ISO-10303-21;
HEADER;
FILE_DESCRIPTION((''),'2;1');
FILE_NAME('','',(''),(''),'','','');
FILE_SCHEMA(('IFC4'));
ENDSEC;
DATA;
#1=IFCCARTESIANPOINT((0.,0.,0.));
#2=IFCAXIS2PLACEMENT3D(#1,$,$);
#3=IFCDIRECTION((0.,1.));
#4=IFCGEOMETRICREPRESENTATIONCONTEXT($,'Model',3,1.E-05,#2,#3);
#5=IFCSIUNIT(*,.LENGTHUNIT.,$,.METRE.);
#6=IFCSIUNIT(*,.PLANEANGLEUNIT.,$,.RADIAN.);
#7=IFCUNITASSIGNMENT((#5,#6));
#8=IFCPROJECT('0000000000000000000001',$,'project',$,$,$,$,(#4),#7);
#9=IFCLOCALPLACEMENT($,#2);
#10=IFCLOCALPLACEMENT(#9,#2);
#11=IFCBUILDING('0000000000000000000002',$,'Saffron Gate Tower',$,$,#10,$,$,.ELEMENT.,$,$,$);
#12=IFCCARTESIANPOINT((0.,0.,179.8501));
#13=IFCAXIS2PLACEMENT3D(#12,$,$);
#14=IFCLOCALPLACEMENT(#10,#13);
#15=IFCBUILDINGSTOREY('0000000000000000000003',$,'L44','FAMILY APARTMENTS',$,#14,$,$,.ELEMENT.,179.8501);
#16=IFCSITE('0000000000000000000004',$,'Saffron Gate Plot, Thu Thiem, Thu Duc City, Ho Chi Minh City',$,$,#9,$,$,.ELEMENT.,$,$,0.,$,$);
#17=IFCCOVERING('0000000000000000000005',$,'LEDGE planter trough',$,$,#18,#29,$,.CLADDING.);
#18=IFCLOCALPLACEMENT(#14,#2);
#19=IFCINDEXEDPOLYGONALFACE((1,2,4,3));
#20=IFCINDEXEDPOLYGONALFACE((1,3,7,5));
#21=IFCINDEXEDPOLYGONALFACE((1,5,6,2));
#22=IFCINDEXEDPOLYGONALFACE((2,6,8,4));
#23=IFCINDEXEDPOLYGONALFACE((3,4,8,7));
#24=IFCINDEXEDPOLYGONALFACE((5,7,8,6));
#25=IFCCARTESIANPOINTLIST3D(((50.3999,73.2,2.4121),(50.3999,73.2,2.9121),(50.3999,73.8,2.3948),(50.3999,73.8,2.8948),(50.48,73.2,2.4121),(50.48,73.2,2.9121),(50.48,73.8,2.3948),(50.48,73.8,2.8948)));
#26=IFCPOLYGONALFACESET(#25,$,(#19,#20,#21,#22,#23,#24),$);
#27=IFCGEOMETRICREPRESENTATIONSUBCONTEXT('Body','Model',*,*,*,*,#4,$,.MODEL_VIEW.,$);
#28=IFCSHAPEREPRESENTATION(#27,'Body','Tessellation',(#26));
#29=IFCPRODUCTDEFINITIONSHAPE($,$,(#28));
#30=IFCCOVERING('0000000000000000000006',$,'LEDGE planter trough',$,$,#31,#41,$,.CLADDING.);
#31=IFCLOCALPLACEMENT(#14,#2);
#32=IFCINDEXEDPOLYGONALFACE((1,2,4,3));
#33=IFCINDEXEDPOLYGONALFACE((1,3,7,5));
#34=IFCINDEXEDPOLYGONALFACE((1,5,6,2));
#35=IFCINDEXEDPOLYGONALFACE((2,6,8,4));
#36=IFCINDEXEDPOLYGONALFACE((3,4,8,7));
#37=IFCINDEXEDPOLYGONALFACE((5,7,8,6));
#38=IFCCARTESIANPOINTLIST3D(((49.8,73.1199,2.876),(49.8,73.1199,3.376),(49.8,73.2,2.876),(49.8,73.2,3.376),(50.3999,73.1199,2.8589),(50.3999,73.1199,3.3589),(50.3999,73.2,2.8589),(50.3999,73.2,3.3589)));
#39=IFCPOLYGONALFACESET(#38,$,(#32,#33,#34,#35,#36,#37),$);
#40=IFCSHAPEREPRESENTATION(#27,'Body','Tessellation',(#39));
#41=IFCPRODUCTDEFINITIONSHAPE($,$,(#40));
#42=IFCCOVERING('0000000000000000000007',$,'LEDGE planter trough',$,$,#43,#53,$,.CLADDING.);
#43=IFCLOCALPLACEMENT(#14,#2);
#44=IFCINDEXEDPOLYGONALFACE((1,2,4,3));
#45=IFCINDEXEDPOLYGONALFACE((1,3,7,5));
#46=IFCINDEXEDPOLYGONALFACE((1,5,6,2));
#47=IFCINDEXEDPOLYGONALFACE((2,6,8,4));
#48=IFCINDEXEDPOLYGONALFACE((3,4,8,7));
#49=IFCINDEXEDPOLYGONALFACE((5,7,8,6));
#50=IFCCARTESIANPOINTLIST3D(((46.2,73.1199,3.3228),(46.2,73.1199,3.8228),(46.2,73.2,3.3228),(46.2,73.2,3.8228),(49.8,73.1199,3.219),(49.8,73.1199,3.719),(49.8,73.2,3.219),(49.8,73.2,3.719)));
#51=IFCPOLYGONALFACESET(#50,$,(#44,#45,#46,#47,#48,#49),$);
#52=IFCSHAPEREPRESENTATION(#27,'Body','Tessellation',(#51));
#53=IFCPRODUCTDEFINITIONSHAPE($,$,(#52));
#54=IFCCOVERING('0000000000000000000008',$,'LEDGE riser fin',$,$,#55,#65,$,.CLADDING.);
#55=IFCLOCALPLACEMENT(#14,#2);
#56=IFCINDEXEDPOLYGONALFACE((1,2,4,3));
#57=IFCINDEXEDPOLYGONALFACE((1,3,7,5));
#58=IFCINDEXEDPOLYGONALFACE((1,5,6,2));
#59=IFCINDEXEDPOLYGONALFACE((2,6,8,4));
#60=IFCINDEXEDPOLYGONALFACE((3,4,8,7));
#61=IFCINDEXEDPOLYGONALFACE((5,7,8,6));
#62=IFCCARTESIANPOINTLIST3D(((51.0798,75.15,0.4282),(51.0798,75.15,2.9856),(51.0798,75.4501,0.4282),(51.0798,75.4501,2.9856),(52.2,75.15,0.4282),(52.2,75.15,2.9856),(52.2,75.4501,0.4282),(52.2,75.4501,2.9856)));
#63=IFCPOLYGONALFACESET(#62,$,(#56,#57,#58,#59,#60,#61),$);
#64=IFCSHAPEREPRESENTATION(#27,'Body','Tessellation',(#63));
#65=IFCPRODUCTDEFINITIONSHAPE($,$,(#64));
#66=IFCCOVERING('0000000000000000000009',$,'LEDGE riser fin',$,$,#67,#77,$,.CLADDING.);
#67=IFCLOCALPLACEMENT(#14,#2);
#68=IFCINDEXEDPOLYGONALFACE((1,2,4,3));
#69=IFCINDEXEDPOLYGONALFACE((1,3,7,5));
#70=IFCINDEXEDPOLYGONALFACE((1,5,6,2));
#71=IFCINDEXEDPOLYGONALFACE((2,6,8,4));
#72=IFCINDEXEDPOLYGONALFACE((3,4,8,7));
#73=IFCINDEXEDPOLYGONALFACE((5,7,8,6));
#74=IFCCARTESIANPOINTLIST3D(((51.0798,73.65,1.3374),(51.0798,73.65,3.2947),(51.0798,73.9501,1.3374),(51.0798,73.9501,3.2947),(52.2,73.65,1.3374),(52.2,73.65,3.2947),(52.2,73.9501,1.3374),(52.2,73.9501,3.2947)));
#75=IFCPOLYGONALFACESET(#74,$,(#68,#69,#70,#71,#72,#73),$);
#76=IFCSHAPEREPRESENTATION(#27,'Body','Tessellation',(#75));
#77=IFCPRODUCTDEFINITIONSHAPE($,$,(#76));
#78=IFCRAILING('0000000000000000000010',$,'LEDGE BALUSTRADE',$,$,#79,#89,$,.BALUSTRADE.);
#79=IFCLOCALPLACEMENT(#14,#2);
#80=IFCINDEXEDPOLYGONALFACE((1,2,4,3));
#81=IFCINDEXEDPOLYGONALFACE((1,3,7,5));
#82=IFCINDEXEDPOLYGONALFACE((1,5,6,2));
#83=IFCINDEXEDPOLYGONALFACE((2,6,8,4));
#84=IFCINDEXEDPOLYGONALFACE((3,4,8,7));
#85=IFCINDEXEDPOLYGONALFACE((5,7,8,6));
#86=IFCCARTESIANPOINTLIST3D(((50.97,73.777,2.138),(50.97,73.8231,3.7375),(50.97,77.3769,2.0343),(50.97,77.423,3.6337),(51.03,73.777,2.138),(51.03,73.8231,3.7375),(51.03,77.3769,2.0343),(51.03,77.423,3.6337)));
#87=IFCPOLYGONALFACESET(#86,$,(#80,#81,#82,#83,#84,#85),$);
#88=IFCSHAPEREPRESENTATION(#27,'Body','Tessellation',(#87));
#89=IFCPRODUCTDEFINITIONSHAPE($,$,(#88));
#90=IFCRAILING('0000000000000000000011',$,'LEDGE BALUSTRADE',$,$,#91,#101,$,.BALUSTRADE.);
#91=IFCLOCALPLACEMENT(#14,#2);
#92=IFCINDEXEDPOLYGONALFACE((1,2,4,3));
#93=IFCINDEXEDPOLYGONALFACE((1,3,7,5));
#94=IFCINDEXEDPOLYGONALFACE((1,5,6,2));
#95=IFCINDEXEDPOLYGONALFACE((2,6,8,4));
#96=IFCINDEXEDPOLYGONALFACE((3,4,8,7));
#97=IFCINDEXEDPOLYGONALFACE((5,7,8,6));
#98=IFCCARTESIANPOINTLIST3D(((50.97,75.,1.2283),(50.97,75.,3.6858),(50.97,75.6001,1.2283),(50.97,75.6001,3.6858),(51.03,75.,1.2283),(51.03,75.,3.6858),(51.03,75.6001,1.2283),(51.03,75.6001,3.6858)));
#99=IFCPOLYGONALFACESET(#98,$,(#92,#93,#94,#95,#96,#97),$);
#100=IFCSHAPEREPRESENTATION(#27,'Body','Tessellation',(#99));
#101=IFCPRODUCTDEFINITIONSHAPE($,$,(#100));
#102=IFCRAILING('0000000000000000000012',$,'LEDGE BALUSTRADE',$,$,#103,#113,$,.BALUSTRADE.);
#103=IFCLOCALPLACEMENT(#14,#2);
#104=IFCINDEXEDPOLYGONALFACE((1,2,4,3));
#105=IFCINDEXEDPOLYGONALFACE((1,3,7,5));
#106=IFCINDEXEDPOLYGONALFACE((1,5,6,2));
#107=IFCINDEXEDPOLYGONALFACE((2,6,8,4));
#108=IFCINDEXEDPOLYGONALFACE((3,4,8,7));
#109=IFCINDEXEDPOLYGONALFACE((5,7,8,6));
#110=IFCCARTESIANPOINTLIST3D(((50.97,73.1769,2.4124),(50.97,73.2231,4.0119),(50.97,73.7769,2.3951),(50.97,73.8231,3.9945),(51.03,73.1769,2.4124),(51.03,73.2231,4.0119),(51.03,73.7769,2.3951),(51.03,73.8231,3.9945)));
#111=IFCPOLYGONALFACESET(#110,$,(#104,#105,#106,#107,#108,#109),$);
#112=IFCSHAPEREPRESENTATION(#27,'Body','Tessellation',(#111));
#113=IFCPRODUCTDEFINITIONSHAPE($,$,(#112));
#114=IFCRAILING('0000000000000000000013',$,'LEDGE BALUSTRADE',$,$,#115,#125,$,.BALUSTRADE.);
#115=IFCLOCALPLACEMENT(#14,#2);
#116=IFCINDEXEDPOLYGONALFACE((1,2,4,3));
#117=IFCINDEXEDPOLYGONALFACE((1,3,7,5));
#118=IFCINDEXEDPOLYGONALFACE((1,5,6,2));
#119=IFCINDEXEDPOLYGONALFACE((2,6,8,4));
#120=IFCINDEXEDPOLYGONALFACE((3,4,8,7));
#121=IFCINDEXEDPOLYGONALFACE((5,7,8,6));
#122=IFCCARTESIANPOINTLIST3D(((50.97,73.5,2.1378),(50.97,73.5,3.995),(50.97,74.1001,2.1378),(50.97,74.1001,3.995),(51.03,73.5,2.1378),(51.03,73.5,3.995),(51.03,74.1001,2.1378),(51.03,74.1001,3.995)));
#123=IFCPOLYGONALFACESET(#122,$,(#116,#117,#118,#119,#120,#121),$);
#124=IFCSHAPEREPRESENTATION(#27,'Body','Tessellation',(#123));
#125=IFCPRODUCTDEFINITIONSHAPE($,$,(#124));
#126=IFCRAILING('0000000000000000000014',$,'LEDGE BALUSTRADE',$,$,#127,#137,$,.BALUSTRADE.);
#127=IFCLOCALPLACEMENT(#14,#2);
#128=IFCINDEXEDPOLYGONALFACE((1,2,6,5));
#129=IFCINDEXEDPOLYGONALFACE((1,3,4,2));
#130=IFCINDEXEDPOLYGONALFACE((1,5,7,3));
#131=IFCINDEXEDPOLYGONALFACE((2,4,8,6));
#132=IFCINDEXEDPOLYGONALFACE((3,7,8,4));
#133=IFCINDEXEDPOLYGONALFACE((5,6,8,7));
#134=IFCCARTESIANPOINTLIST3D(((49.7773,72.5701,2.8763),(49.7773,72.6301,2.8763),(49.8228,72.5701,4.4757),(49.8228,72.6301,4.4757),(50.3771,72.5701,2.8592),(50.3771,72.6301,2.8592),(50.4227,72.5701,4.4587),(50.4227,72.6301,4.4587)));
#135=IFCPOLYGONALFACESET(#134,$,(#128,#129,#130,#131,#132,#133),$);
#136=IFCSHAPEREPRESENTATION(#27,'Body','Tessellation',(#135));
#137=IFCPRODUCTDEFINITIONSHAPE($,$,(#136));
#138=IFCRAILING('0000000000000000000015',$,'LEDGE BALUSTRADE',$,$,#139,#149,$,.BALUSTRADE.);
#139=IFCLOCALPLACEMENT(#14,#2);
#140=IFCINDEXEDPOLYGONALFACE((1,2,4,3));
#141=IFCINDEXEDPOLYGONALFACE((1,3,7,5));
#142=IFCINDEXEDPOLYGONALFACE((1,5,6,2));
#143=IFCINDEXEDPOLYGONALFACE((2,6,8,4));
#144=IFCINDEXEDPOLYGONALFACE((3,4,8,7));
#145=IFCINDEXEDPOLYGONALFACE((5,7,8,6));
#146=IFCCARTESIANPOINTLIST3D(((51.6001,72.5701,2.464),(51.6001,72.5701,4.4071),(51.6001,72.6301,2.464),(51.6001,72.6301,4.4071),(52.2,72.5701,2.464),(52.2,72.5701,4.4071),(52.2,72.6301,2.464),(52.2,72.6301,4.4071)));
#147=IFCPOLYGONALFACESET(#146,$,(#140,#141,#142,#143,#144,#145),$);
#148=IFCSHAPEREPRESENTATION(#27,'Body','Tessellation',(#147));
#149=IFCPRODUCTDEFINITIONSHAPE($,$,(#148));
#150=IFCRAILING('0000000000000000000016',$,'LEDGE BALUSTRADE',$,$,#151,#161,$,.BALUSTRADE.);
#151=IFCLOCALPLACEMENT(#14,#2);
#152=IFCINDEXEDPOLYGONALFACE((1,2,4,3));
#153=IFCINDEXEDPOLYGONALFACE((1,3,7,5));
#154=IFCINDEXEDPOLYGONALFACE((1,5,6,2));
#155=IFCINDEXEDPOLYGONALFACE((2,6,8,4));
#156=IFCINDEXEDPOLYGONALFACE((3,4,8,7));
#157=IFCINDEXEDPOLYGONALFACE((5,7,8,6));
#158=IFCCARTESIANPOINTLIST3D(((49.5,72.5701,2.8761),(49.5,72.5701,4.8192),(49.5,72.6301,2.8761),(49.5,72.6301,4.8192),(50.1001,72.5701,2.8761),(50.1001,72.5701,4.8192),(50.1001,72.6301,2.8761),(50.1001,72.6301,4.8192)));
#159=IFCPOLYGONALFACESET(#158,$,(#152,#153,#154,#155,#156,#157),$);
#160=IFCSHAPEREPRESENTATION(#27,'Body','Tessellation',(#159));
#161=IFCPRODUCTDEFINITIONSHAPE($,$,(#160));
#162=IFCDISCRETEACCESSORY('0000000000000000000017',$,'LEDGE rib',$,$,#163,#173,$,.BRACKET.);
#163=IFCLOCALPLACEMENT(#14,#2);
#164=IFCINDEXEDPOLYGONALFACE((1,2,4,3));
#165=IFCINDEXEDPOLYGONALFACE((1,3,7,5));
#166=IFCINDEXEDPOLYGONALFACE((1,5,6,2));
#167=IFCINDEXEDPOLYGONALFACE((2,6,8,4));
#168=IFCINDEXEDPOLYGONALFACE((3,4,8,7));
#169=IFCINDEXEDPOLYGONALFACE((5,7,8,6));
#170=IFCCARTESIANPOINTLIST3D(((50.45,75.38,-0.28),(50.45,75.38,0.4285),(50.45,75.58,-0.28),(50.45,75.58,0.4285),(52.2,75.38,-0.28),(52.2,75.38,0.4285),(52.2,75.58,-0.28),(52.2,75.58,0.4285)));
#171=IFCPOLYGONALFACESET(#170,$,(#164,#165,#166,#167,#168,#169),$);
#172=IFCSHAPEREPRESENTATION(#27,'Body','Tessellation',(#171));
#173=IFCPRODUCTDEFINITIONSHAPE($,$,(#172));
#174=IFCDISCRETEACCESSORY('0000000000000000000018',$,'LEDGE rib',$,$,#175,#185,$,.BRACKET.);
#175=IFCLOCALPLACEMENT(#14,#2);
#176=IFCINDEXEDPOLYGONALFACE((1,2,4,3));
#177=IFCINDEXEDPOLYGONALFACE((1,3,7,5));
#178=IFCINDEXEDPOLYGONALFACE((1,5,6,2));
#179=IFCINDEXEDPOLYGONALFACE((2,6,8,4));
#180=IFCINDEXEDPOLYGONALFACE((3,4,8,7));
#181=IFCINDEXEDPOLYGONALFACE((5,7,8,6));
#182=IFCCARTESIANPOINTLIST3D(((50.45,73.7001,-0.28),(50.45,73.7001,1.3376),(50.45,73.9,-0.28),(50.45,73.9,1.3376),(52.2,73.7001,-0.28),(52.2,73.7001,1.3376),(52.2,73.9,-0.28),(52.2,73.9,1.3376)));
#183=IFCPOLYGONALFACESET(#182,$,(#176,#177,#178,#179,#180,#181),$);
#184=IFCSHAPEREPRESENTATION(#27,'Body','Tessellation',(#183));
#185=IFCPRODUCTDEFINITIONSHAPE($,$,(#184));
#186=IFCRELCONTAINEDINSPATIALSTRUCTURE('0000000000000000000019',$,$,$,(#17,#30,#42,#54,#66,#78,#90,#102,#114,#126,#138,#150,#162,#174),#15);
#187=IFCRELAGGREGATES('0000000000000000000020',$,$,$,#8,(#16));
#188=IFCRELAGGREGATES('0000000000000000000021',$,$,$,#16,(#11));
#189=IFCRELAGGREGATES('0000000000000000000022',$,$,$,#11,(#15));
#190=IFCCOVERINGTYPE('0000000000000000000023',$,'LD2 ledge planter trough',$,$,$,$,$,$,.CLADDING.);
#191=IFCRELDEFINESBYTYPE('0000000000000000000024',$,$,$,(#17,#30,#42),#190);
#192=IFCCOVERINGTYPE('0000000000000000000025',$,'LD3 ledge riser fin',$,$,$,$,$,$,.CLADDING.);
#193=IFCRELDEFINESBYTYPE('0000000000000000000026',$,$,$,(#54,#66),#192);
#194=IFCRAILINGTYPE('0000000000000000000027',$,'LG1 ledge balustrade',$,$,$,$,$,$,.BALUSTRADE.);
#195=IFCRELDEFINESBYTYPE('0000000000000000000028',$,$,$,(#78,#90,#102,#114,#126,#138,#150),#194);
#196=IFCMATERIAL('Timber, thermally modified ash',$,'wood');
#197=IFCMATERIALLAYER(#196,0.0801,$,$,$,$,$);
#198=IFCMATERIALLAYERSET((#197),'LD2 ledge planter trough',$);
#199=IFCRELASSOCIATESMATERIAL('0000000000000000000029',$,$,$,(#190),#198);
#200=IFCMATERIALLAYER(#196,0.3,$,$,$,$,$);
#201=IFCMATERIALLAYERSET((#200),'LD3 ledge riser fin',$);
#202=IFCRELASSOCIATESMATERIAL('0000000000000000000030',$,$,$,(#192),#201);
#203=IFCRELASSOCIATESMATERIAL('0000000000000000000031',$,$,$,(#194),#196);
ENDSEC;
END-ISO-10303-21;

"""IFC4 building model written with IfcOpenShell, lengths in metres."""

from ifc_helpers import new_model, si_unit, direction, frame, origin, origin_2d, place, context, subcontext, project, spatial, polyline, rectangle, outline, extrude, material, layer, layer_set, type_object, element, save


model = new_model("IFC4")

# Units and contexts
model_context = context("Model", 3, precision=1e-05, world=origin(), true_north=direction((0.0, 1.0)))
body_context = subcontext(model_context, "Body", "Model", "MODEL_VIEW")
ifc_project = project(units=[si_unit("LENGTHUNIT", "METRE"), si_unit("PLANEANGLEUNIT", "RADIAN")], contexts=[model_context])

# Site, building, storey
site_placement = place(None, origin())
site = spatial("IfcSite", under=ifc_project, at=site_placement, Name="Saffron Gate Plot, Thu Thiem, Thu Duc City, Ho Chi Minh City", CompositionType="ELEMENT", RefElevation=0.0)
building_placement = place(site_placement, origin())
building = spatial("IfcBuilding", under=site, at=building_placement, Name="Saffron Gate Tower", CompositionType="ELEMENT")
storey_placement = place(building_placement, frame((0.0, 0.0, 179.8501)))
storey = spatial("IfcBuildingStorey", under=building, at=storey_placement, Name="L44", Description="FAMILY APARTMENTS", CompositionType="ELEMENT", Elevation=179.8501)

# Coverings
ifc_material_1 = material(Name="Timber, thermally modified ash", Category="wood")
ifc_layer_1 = layer(ifc_material_1, 0.0801)
ifc_layer_set_1 = layer_set([ifc_layer_1], Name="LD2 ledge planter trough")
covering_type_1 = type_object("IfcCoveringType", Name="LD2 ledge planter trough", PredefinedType="CLADDING", material=ifc_layer_set_1)
covering_1_placement = place(storey_placement, frame((50.3999, 73.8, 2.3948), z_axis=(-1.0, 0.0, 0.0), x_axis=(0.0, -0.999583, 0.028873)))
element("IfcCovering", 1, at=covering_1_placement, inside=storey, type_object=covering_type_1, Name="LEDGE planter trough", PredefinedType="CLADDING", context=body_context, shape_type="SweptSolid", body=[
    extrude(outline(polyline([(0.0, 0.0), (0.6003, 0.0), (0.6148, 0.4998), (0.0144, 0.4998), (0.0, 0.0)])), origin(), (0.0, 0.0, -1.0), 0.0801),
])
covering_2_placement = place(storey_placement, frame((50.3999, 73.2, 2.8589), z_axis=(0.0, 1.0, 0.0), x_axis=(-0.999594, 0.0, 0.028478)))
element("IfcCovering", 2, at=covering_2_placement, inside=storey, type_object=covering_type_1, Name="LEDGE planter trough", PredefinedType="CLADDING", context=body_context, shape_type="SweptSolid", body=[
    extrude(outline(polyline([(0.0, 0.0), (0.6001, 0.0), (0.6143, 0.4998), (0.0142, 0.4998), (0.0, 0.0)])), origin(), (0.0, 0.0, -1.0), 0.0801),
])
covering_3_placement = place(storey_placement, frame((49.8, 73.2, 3.219), z_axis=(0.0, 1.0, 0.0), x_axis=(-0.999585, 0.0, 0.028809)))
element("IfcCovering", 3, at=covering_3_placement, inside=storey, type_object=covering_type_1, Name="LEDGE planter trough", PredefinedType="CLADDING", context=body_context, shape_type="SweptSolid", body=[
    extrude(outline(polyline([(0.0, 0.0), (3.6016, 0.0), (3.616, 0.4998), (0.0144, 0.4998), (0.0, 0.0)])), origin(), (0.0, 0.0, -1.0), 0.0801),
])
ifc_layer_2 = layer(ifc_material_1, 0.3)
ifc_layer_set_2 = layer_set([ifc_layer_2], Name="LD3 ledge riser fin")
covering_type_2 = type_object("IfcCoveringType", Name="LD3 ledge riser fin", PredefinedType="CLADDING", material=ifc_layer_set_2)
covering_4_placement = place(storey_placement, frame((51.6399, 75.3, 0.4282), z_axis=(0.0, 0.0, 1.0), x_axis=(0.0, -1.0, 0.0)))
element("IfcCovering", 4, at=covering_4_placement, inside=storey, type_object=covering_type_2, Name="LEDGE riser fin", PredefinedType="CLADDING", context=body_context, shape_type="SweptSolid", body=[
    extrude(rectangle(XDim=0.3, YDim=1.1201, at=origin_2d()), origin(), (0.0, 0.0, 1.0), 2.5574),
])
covering_5_placement = place(storey_placement, frame((51.6399, 73.8, 1.3374), z_axis=(0.0, 0.0, 1.0), x_axis=(0.0, -1.0, 0.0)))
element("IfcCovering", 5, at=covering_5_placement, inside=storey, type_object=covering_type_2, Name="LEDGE riser fin", PredefinedType="CLADDING", context=body_context, shape_type="SweptSolid", body=[
    extrude(rectangle(XDim=0.3, YDim=1.1201, at=origin_2d()), origin(), (0.0, 0.0, 1.0), 1.9573),
])

# Railings
railing_type = type_object("IfcRailingType", Name="LG1 ledge balustrade", PredefinedType="BALUSTRADE", material=ifc_material_1)
railing_1_placement = place(storey_placement, frame((51.0, 77.3999, 2.0339)))
element("IfcRailing", 6, at=railing_1_placement, inside=storey, type_object=railing_type, Name="LEDGE BALUSTRADE", PredefinedType="BALUSTRADE", context=body_context, shape_type="SweptSolid", body=[
    extrude(rectangle(XDim=0.0601, YDim=1.6001, at=origin_2d()), frame((0.0, 0.0, 0.8), z_axis=(0.0, -0.999585, 0.028811), x_axis=(1.0, 0.0, 0.0)), (0.0, 0.0, 1.0), 3.6013),
])
railing_2_placement = place(storey_placement, frame((51.0, 75.6001, 1.2283)))
element("IfcRailing", 7, at=railing_2_placement, inside=storey, type_object=railing_type, Name="LEDGE BALUSTRADE", PredefinedType="BALUSTRADE", context=body_context, shape_type="SweptSolid", body=[
    extrude(rectangle(XDim=0.0601, YDim=2.4575, at=origin_2d()), frame((0.0, 0.0, 1.2288), z_axis=(0.0, -1.0, 0.0), x_axis=(1.0, 0.0, 0.0)), (0.0, 0.0, 1.0), 0.6001),
])
railing_3_placement = place(storey_placement, frame((51.0, 73.8, 2.3948)))
element("IfcRailing", 8, at=railing_3_placement, inside=storey, type_object=railing_type, Name="LEDGE BALUSTRADE", PredefinedType="BALUSTRADE", context=body_context, shape_type="SweptSolid", body=[
    extrude(rectangle(XDim=0.0601, YDim=1.6001, at=origin_2d()), frame((0.0, 0.0, 0.8), z_axis=(0.0, -0.999583, 0.028873), x_axis=(1.0, 0.0, 0.0)), (0.0, 0.0, 1.0), 0.6003),
])
railing_4_placement = place(storey_placement, frame((51.0, 74.1001, 2.1377)))
element("IfcRailing", 9, at=railing_4_placement, inside=storey, type_object=railing_type, Name="LEDGE BALUSTRADE", PredefinedType="BALUSTRADE", context=body_context, shape_type="SweptSolid", body=[
    extrude(rectangle(XDim=0.0601, YDim=1.8572, at=origin_2d()), frame((0.0, 0.0, 0.9287), z_axis=(0.0, -1.0, 0.0), x_axis=(1.0, 0.0, 0.0)), (0.0, 0.0, 1.0), 0.6001),
])
railing_5_placement = place(storey_placement, frame((50.3999, 72.6001, 2.8589)))
element("IfcRailing", 10, at=railing_5_placement, inside=storey, type_object=railing_type, Name="LEDGE BALUSTRADE", PredefinedType="BALUSTRADE", context=body_context, shape_type="SweptSolid", body=[
    extrude(rectangle(XDim=0.0601, YDim=1.6001, at=origin_2d()), frame((0.0, 0.0, 0.8), z_axis=(-0.999594, 0.0, 0.028478), x_axis=(0.0, -1.0, 0.0)), (0.0, 0.0, 1.0), 0.6001),
])
railing_6_placement = place(storey_placement, frame((52.2, 72.6001, 2.4639)))
element("IfcRailing", 11, at=railing_6_placement, inside=storey, type_object=railing_type, Name="LEDGE BALUSTRADE", PredefinedType="BALUSTRADE", context=body_context, shape_type="SweptSolid", body=[
    extrude(rectangle(XDim=0.0601, YDim=1.9431, at=origin_2d()), frame((0.0, 0.0, 0.9717), z_axis=(-1.0, 0.0, 0.0), x_axis=(0.0, -1.0, 0.0)), (0.0, 0.0, 1.0), 0.5999),
])
railing_7_placement = place(storey_placement, frame((50.1001, 72.6001, 2.876)))
element("IfcRailing", 12, at=railing_7_placement, inside=storey, type_object=railing_type, Name="LEDGE BALUSTRADE", PredefinedType="BALUSTRADE", context=body_context, shape_type="SweptSolid", body=[
    extrude(rectangle(XDim=0.0601, YDim=1.9431, at=origin_2d()), frame((0.0, 0.0, 0.9717), z_axis=(-1.0, 0.0, 0.0), x_axis=(0.0, -1.0, 0.0)), (0.0, 0.0, 1.0), 0.6001),
])

# Discrete accessories
discrete_accessory_1_placement = place(storey_placement, frame((51.325, 75.48, -0.28), z_axis=(0.0, 0.0, 1.0), x_axis=(0.0, -1.0, 0.0)))
element("IfcDiscreteAccessory", 13, at=discrete_accessory_1_placement, inside=storey, Name="LEDGE rib", PredefinedType="BRACKET", context=body_context, shape_type="SweptSolid", body=[
    extrude(rectangle(XDim=0.2, YDim=1.75, at=origin_2d()), origin(), (0.0, 0.0, 1.0), 0.7085),
])
discrete_accessory_2_placement = place(storey_placement, frame((51.325, 73.8, -0.28), z_axis=(0.0, 0.0, 1.0), x_axis=(0.0, -1.0, 0.0)))
element("IfcDiscreteAccessory", 14, at=discrete_accessory_2_placement, inside=storey, Name="LEDGE rib", PredefinedType="BRACKET", context=body_context, shape_type="SweptSolid", body=[
    extrude(rectangle(XDim=0.2, YDim=1.75, at=origin_2d()), origin(), (0.0, 0.0, 1.0), 1.6177),
])

save(model, "model.ifc")
